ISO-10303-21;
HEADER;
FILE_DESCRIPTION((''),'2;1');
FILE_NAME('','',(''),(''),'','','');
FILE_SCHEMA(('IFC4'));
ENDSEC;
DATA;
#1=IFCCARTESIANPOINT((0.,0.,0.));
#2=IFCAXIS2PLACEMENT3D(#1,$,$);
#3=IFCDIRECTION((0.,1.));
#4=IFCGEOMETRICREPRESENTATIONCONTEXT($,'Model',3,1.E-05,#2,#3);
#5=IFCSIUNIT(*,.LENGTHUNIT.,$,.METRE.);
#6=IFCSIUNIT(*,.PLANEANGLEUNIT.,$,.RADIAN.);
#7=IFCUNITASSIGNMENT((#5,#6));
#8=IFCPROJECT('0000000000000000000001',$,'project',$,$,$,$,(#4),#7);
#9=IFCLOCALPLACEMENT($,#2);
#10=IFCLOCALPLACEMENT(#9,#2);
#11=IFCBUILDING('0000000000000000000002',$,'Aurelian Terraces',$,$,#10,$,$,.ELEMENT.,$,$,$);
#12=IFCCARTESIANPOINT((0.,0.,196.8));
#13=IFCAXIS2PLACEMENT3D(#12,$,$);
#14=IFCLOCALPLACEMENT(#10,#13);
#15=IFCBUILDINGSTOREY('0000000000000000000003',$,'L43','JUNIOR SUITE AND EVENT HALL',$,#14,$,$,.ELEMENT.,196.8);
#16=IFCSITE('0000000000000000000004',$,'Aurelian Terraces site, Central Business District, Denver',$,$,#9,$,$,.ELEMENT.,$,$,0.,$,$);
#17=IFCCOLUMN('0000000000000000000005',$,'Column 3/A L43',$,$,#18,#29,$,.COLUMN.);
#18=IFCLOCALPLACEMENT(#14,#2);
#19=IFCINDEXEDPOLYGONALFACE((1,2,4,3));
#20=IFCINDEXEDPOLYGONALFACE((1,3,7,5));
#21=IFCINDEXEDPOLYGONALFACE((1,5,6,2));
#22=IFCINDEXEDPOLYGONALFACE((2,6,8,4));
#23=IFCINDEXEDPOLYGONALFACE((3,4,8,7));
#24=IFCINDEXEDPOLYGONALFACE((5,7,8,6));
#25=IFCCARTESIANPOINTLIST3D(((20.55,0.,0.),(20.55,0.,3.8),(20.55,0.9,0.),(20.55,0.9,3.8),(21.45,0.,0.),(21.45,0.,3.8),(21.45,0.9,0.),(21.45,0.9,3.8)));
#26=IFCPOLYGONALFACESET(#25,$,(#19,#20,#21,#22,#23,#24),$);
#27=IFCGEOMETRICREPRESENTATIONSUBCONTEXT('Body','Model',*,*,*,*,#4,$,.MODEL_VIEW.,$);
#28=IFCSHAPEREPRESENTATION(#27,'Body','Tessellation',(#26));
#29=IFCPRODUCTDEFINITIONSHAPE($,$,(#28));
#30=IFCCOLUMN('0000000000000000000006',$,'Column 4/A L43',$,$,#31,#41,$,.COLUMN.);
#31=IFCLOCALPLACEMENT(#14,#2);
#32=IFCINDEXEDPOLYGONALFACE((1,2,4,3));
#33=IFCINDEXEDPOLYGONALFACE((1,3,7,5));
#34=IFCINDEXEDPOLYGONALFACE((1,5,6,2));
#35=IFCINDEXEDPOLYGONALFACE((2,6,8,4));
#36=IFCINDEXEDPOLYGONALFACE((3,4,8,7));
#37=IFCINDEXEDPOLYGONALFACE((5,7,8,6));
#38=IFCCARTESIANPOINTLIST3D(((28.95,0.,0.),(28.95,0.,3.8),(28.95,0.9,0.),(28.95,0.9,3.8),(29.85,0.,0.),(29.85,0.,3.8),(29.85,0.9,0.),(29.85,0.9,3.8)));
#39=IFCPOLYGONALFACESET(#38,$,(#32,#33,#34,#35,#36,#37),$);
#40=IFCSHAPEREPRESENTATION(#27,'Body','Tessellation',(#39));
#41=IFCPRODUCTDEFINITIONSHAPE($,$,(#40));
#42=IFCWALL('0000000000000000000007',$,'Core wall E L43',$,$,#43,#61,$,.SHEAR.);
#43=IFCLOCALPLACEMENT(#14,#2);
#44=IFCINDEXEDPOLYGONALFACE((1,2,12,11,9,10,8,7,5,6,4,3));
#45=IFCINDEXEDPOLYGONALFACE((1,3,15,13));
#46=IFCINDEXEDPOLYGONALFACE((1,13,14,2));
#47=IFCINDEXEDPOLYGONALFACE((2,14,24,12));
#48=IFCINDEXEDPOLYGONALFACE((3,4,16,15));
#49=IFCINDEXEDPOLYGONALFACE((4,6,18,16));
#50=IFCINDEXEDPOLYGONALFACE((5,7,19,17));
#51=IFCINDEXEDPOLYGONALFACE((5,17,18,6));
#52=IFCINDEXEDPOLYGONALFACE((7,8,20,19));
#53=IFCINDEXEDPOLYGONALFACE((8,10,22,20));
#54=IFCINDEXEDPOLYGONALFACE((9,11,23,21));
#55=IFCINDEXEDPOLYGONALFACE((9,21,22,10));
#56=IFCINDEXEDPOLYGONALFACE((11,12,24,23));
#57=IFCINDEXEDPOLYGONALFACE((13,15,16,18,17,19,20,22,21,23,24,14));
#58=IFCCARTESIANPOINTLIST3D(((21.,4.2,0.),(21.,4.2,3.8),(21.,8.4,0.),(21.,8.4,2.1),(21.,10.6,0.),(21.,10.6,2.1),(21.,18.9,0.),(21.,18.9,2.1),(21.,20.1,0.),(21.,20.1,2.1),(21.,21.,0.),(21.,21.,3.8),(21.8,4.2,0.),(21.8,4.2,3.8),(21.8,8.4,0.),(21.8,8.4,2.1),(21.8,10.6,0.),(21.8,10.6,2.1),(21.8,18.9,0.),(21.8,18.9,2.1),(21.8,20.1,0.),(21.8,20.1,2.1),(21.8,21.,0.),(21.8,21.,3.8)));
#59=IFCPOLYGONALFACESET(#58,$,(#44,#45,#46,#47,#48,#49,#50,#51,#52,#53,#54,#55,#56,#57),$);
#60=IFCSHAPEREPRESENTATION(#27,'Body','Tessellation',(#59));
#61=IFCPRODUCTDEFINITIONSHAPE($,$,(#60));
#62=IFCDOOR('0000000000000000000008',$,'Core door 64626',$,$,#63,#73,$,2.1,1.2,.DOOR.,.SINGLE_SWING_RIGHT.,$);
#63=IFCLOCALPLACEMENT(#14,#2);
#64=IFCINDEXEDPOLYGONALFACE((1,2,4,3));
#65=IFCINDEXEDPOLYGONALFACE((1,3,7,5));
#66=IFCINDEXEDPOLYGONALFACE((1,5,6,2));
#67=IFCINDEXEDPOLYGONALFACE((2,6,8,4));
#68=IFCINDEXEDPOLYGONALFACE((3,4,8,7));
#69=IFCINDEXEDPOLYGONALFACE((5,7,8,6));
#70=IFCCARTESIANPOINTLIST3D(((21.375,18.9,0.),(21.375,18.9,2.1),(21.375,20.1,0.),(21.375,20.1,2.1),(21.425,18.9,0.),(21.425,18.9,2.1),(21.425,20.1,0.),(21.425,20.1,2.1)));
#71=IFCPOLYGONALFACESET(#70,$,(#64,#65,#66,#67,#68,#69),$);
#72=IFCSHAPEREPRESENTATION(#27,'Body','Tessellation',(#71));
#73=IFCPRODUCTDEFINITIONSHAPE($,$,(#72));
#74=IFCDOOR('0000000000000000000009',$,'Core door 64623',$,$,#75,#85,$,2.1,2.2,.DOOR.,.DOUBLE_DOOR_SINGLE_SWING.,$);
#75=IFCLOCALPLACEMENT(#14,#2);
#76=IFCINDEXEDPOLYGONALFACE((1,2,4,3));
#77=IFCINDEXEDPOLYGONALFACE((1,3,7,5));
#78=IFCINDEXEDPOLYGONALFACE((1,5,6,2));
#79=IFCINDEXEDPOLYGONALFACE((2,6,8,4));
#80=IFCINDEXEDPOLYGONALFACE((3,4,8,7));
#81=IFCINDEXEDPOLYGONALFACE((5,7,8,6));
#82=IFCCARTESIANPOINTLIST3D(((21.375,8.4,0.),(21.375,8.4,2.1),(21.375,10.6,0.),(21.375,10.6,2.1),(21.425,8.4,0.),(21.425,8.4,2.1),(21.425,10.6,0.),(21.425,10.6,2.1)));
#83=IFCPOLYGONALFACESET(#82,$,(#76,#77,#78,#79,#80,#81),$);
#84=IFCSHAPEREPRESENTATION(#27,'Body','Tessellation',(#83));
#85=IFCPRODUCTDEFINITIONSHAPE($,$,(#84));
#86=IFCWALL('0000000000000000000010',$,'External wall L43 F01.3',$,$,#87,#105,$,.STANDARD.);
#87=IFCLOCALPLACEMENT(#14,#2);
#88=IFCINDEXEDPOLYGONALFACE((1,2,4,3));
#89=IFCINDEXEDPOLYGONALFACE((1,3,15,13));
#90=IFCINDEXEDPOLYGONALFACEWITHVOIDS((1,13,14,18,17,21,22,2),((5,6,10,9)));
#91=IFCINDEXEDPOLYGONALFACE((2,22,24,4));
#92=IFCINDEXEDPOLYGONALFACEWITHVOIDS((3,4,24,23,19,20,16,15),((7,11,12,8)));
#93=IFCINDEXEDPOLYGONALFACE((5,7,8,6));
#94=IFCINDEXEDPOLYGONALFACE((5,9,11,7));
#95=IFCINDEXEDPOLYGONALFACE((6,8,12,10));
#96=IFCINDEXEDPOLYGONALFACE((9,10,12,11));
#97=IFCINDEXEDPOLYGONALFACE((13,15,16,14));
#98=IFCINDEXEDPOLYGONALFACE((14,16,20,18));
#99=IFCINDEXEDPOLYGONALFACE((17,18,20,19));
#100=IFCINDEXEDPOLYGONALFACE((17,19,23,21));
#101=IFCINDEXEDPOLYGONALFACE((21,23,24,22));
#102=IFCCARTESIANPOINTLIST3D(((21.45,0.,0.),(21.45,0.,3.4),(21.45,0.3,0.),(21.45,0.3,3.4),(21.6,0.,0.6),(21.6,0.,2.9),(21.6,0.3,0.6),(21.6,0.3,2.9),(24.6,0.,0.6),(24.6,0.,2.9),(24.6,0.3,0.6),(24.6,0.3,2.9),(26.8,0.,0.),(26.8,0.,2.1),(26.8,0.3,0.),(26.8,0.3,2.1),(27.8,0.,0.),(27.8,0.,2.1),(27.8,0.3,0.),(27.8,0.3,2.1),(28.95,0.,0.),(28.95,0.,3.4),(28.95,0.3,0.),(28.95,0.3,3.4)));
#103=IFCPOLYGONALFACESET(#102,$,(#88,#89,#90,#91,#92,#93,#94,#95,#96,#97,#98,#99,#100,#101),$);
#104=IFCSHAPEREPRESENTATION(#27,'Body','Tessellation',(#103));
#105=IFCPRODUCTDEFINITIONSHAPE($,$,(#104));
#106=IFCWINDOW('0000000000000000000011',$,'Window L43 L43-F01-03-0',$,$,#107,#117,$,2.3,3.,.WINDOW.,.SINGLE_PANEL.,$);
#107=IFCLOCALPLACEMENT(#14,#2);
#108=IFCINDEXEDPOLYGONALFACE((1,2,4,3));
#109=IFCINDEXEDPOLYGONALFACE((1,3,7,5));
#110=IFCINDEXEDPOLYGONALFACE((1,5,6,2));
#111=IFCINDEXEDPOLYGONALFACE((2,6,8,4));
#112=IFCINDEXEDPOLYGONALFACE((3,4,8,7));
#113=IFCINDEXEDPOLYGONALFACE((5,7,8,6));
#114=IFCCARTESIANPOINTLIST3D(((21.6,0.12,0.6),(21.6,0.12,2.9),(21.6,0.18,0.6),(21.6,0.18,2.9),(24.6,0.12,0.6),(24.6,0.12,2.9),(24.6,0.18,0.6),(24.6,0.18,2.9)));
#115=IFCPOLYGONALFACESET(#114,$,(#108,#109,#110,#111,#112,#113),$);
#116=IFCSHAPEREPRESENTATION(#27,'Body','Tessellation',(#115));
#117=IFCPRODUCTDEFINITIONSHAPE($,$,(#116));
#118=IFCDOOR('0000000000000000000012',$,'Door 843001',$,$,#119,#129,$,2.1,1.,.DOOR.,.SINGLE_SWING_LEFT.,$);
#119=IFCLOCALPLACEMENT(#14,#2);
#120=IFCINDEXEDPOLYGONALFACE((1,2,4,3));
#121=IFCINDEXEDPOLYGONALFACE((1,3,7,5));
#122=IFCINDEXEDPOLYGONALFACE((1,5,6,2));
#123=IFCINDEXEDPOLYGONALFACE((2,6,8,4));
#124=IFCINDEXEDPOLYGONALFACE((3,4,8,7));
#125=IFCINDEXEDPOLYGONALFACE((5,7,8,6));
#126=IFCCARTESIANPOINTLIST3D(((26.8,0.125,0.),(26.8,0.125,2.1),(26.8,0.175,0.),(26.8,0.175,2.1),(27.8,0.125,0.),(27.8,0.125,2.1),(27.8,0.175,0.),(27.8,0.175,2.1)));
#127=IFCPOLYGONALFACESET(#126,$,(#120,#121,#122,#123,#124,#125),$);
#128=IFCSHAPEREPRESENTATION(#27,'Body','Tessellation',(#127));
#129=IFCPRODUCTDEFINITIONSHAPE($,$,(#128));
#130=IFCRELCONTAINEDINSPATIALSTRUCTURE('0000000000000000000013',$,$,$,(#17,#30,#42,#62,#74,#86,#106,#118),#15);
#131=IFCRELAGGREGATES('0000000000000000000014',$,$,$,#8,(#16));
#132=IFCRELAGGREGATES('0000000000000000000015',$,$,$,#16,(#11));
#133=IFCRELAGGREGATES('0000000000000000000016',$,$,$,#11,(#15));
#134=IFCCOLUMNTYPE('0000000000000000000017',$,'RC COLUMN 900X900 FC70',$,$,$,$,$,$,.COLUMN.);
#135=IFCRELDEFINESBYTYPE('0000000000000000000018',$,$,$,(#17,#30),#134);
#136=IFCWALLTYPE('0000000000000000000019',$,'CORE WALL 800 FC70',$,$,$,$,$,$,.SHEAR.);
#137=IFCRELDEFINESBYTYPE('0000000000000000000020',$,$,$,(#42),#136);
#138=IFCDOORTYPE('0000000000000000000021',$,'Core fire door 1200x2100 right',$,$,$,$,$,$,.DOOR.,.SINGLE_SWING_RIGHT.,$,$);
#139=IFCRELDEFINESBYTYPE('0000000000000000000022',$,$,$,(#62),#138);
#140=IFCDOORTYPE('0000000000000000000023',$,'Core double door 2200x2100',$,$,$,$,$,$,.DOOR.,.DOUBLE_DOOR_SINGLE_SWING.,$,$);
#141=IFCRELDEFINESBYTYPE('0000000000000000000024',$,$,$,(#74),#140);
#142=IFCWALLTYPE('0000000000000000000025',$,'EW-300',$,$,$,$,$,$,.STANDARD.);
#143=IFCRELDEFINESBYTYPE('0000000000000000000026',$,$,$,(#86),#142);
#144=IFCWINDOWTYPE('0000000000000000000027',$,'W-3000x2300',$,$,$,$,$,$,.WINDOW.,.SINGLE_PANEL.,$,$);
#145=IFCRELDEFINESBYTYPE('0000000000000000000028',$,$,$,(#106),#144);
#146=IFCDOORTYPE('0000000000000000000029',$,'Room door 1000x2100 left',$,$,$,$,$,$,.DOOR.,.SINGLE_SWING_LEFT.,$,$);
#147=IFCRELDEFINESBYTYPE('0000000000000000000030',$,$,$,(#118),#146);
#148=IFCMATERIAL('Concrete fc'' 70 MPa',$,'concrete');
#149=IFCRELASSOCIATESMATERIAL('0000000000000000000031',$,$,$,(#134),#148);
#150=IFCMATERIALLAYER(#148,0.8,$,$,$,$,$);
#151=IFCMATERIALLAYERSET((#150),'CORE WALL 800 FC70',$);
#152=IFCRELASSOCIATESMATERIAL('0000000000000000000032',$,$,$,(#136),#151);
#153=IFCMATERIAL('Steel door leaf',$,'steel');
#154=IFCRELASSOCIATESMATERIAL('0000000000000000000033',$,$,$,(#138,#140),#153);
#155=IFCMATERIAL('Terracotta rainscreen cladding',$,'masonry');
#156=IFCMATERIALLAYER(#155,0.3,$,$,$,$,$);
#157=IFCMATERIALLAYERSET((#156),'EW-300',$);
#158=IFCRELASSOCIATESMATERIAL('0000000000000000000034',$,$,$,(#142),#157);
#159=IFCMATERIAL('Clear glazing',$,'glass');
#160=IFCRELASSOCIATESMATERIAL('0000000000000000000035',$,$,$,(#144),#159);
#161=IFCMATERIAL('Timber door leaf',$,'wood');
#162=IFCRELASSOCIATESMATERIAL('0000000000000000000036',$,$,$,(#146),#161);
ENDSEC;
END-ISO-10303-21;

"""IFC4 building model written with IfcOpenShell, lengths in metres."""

from ifc_helpers import new_model, si_unit, direction, frame, frame_2d, origin, origin_2d, place, context, subcontext, project, spatial, rectangle, extrude, source, transform, mapped, material, layer, layer_set, material_profile, profile_set, type_object, element, fill, save


model = new_model("IFC4")

# Units and contexts
model_context = context("Model", 3, precision=1e-05, world=origin(), true_north=direction((0.0, 1.0)))
body_context = subcontext(model_context, "Body", "Model", "MODEL_VIEW")
ifc_project = project(units=[si_unit("LENGTHUNIT", "METRE"), si_unit("PLANEANGLEUNIT", "RADIAN")], contexts=[model_context])

# Site, building, storey
site_placement = place(None, origin())
site = spatial("IfcSite", under=ifc_project, at=site_placement, Name="Aurelian Terraces site, Central Business District, Denver", CompositionType="ELEMENT", RefElevation=0.0)
building_placement = place(site_placement, origin())
building = spatial("IfcBuilding", under=site, at=building_placement, Name="Aurelian Terraces", CompositionType="ELEMENT")
storey_placement = place(building_placement, frame((0.0, 0.0, 196.8)))
storey = spatial("IfcBuildingStorey", under=building, at=storey_placement, Name="L43", Description="JUNIOR SUITE AND EVENT HALL", CompositionType="ELEMENT", Elevation=196.8)

# Columns
ifc_material_1 = material(Name="Concrete fc' 70 MPa", Category="concrete")
ifc_material_profile = material_profile(ifc_material_1, rectangle(XDim=0.9, YDim=0.9, at=origin_2d()))
ifc_profile_set = profile_set([ifc_material_profile], Name="Concrete fc' 70 MPa")
column_type = type_object("IfcColumnType", Name="RC COLUMN 900X900 FC70", PredefinedType="COLUMN", material=ifc_profile_set)
shared_shape_1 = source(origin(), body_context, "Body", "SweptSolid", [
    extrude(rectangle(XDim=0.9, YDim=0.9, at=origin_2d()), origin(), (0.0, 0.0, 1.0), 3.8),
])
for number, where, z_axis, x_axis, name in (
    (1, (21.0, 0.45, 0.0), (0.0, 0.0, 1.0), (1.0, 0.0, 0.0), "Column 3/A L43"),
    (2, (29.4, 0.45, 0.0), (0.0, 0.0, 1.0), (1.0, 0.0, 0.0), "Column 4/A L43"),
):
    element("IfcColumn", number, at=place(storey_placement, frame(where, z_axis=z_axis, x_axis=x_axis)), inside=storey, type_object=column_type, Name=name, PredefinedType="COLUMN", context=body_context, shape_type="MappedRepresentation", body=[
        mapped(shared_shape_1, transform((0.0, 0.0, 0.0), scale=1.0)),
    ])

# Wall, openings, doors
ifc_layer_1 = layer(ifc_material_1, 0.8)
ifc_layer_set_1 = layer_set([ifc_layer_1], Name="CORE WALL 800 FC70")
wall_type_1 = type_object("IfcWallType", Name="CORE WALL 800 FC70", PredefinedType="SHEAR", material=ifc_layer_set_1)
shared_shape_2 = source(origin(), body_context, "Body", "SweptSolid", [
    extrude(rectangle(XDim=16.8, YDim=0.8, at=frame_2d((8.4, 0.0))), origin(), (0.0, 0.0, 1.0), 3.8),
])
wall_1_placement = place(storey_placement, frame((21.4, 4.2, 0.0), z_axis=(0.0, 0.0, 1.0), x_axis=(0.0, 1.0, 0.0)))
wall_1 = element("IfcWall", 3, at=wall_1_placement, inside=storey, type_object=wall_type_1, Name="Core wall E L43", PredefinedType="SHEAR", context=body_context, shape_type="MappedRepresentation", body=[
    mapped(shared_shape_2, transform((0.0, 0.0, 0.0), scale=1.0)),
])
shared_shape_3 = source(origin(), body_context, "Body", "SweptSolid", [
    extrude(rectangle(XDim=2.2, YDim=2.1, at=frame_2d((1.1, 1.05))), frame((0.0, 0.41, 0.0), z_axis=(0.0, -1.0, 0.0), x_axis=(1.0, 0.0, 0.0)), (0.0, 0.0, 1.0), 0.82),
])
opening_1_placement = place(wall_1_placement, frame((4.2, 0.0, 0.0)))
opening_1 = element("IfcOpeningElement", 4, at=opening_1_placement, cuts=wall_1, PredefinedType="OPENING", context=body_context, shape_type="MappedRepresentation", body=[
    mapped(shared_shape_3, transform((0.0, 0.0, 0.0), scale=1.0)),
])
shared_shape_4 = source(origin(), body_context, "Body", "SweptSolid", [
    extrude(rectangle(XDim=1.2, YDim=2.1, at=frame_2d((0.6, 1.05))), frame((0.0, 0.41, 0.0), z_axis=(0.0, -1.0, 0.0), x_axis=(1.0, 0.0, 0.0)), (0.0, 0.0, 1.0), 0.82),
])
opening_2_placement = place(wall_1_placement, frame((14.7, 0.0, 0.0)))
opening_2 = element("IfcOpeningElement", 5, at=opening_2_placement, cuts=wall_1, PredefinedType="OPENING", context=body_context, shape_type="MappedRepresentation", body=[
    mapped(shared_shape_4, transform((0.0, 0.0, 0.0), scale=1.0)),
])
ifc_material_2 = material(Name="Steel door leaf", Category="steel")
door_type_1 = type_object("IfcDoorType", Name="Core fire door 1200x2100 right", OperationType="SINGLE_SWING_RIGHT", PredefinedType="DOOR", material=ifc_material_2)
shared_shape_5 = source(origin(), body_context, "Body", "SweptSolid", [
    extrude(rectangle(XDim=1.2, YDim=2.1, at=frame_2d((0.6, 1.05))), frame((0.0, 0.025, 0.0), z_axis=(0.0, -1.0, 0.0), x_axis=(1.0, 0.0, 0.0)), (0.0, 0.0, 1.0), 0.05),
])
door_1_placement = place(opening_2_placement, origin())
door_1 = element("IfcDoor", 6, at=door_1_placement, inside=storey, type_object=door_type_1, Name="Core door 64626", OperationType="SINGLE_SWING_RIGHT", OverallHeight=2.1, OverallWidth=1.2, PredefinedType="DOOR", context=body_context, shape_type="MappedRepresentation", body=[
    mapped(shared_shape_5, transform((0.0, 0.0, 0.0), scale=1.0)),
])
fill(opening_2, door_1)
door_type_2 = type_object("IfcDoorType", Name="Core double door 2200x2100", OperationType="DOUBLE_DOOR_SINGLE_SWING", PredefinedType="DOOR", material=ifc_material_2)
shared_shape_6 = source(origin(), body_context, "Body", "SweptSolid", [
    extrude(rectangle(XDim=2.2, YDim=2.1, at=frame_2d((1.1, 1.05))), frame((0.0, 0.025, 0.0), z_axis=(0.0, -1.0, 0.0), x_axis=(1.0, 0.0, 0.0)), (0.0, 0.0, 1.0), 0.05),
])
door_2_placement = place(opening_1_placement, origin())
door_2 = element("IfcDoor", 7, at=door_2_placement, inside=storey, type_object=door_type_2, Name="Core door 64623", OperationType="DOUBLE_DOOR_SINGLE_SWING", OverallHeight=2.1, OverallWidth=2.2, PredefinedType="DOOR", context=body_context, shape_type="MappedRepresentation", body=[
    mapped(shared_shape_6, transform((0.0, 0.0, 0.0), scale=1.0)),
])
fill(opening_1, door_2)

# Wall, openings, window, door
ifc_material_3 = material(Name="Terracotta rainscreen cladding", Category="masonry")
ifc_layer_2 = layer(ifc_material_3, 0.3)
ifc_layer_set_2 = layer_set([ifc_layer_2], Name="EW-300")
wall_type_2 = type_object("IfcWallType", Name="EW-300", PredefinedType="STANDARD", material=ifc_layer_set_2)
shared_shape_7 = source(origin(), body_context, "Body", "SweptSolid", [
    extrude(rectangle(XDim=7.5, YDim=0.3, at=frame_2d((3.75, 0.0))), origin(), (0.0, 0.0, 1.0), 3.4),
])
wall_2_placement = place(storey_placement, frame((21.45, 0.15, 0.0), z_axis=(0.0, 0.0, 1.0), x_axis=(1.0, 0.0, 0.0)))
wall_2 = element("IfcWall", 8, at=wall_2_placement, inside=storey, type_object=wall_type_2, Name="External wall L43 F01.3", PredefinedType="STANDARD", context=body_context, shape_type="MappedRepresentation", body=[
    mapped(shared_shape_7, transform((0.0, 0.0, 0.0), scale=1.0)),
])
shared_shape_8 = source(origin(), body_context, "Body", "SweptSolid", [
    extrude(rectangle(XDim=3.0, YDim=2.3, at=frame_2d((1.5, 1.15))), frame((0.0, 0.16, 0.0), z_axis=(0.0, -1.0, 0.0), x_axis=(1.0, 0.0, 0.0)), (0.0, 0.0, 1.0), 0.32),
])
opening_3_placement = place(wall_2_placement, frame((0.15, 0.0, 0.6)))
opening_3 = element("IfcOpeningElement", 9, at=opening_3_placement, cuts=wall_2, PredefinedType="OPENING", context=body_context, shape_type="MappedRepresentation", body=[
    mapped(shared_shape_8, transform((0.0, 0.0, 0.0), scale=1.0)),
])
shared_shape_9 = source(origin(), body_context, "Body", "SweptSolid", [
    extrude(rectangle(XDim=1.0, YDim=2.1, at=frame_2d((0.5, 1.05))), frame((0.0, 0.16, 0.0), z_axis=(0.0, -1.0, 0.0), x_axis=(1.0, 0.0, 0.0)), (0.0, 0.0, 1.0), 0.32),
])
opening_4_placement = place(wall_2_placement, frame((5.35, 0.0, 0.0)))
opening_4 = element("IfcOpeningElement", 10, at=opening_4_placement, cuts=wall_2, PredefinedType="OPENING", context=body_context, shape_type="MappedRepresentation", body=[
    mapped(shared_shape_9, transform((0.0, 0.0, 0.0), scale=1.0)),
])
ifc_material_4 = material(Name="Clear glazing", Category="glass")
window_type_1 = type_object("IfcWindowType", Name="W-3000x2300", PartitioningType="SINGLE_PANEL", PredefinedType="WINDOW", material=ifc_material_4)
shared_shape_10 = source(origin(), body_context, "Body", "SweptSolid", [
    extrude(rectangle(XDim=3.0, YDim=2.3, at=frame_2d((1.5, 1.15))), frame((0.0, 0.03, 0.0), z_axis=(0.0, -1.0, 0.0), x_axis=(1.0, 0.0, 0.0)), (0.0, 0.0, 1.0), 0.06),
])
window_1_placement = place(opening_3_placement, origin())
window_1 = element("IfcWindow", 11, at=window_1_placement, inside=storey, type_object=window_type_1, Name="Window L43 L43-F01-03-0", OverallHeight=2.3, OverallWidth=3.0, PartitioningType="SINGLE_PANEL", PredefinedType="WINDOW", context=body_context, shape_type="MappedRepresentation", body=[
    mapped(shared_shape_10, transform((0.0, 0.0, 0.0), scale=1.0)),
])
fill(opening_3, window_1)
ifc_material_5 = material(Name="Timber door leaf", Category="wood")
door_type_3 = type_object("IfcDoorType", Name="Room door 1000x2100 left", OperationType="SINGLE_SWING_LEFT", PredefinedType="DOOR", material=ifc_material_5)
shared_shape_11 = source(origin(), body_context, "Body", "SweptSolid", [
    extrude(rectangle(XDim=1.0, YDim=2.1, at=frame_2d((0.5, 1.05))), frame((0.0, 0.025, 0.0), z_axis=(0.0, -1.0, 0.0), x_axis=(1.0, 0.0, 0.0)), (0.0, 0.0, 1.0), 0.05),
])
door_3_placement = place(opening_4_placement, origin())
door_3 = element("IfcDoor", 12, at=door_3_placement, inside=storey, type_object=door_type_3, Name="Door 843001", OperationType="SINGLE_SWING_LEFT", OverallHeight=2.1, OverallWidth=1.0, PredefinedType="DOOR", context=body_context, shape_type="MappedRepresentation", body=[
    mapped(shared_shape_11, transform((0.0, 0.0, 0.0), scale=1.0)),
])
fill(opening_4, door_3)

save(model, "model.ifc")
